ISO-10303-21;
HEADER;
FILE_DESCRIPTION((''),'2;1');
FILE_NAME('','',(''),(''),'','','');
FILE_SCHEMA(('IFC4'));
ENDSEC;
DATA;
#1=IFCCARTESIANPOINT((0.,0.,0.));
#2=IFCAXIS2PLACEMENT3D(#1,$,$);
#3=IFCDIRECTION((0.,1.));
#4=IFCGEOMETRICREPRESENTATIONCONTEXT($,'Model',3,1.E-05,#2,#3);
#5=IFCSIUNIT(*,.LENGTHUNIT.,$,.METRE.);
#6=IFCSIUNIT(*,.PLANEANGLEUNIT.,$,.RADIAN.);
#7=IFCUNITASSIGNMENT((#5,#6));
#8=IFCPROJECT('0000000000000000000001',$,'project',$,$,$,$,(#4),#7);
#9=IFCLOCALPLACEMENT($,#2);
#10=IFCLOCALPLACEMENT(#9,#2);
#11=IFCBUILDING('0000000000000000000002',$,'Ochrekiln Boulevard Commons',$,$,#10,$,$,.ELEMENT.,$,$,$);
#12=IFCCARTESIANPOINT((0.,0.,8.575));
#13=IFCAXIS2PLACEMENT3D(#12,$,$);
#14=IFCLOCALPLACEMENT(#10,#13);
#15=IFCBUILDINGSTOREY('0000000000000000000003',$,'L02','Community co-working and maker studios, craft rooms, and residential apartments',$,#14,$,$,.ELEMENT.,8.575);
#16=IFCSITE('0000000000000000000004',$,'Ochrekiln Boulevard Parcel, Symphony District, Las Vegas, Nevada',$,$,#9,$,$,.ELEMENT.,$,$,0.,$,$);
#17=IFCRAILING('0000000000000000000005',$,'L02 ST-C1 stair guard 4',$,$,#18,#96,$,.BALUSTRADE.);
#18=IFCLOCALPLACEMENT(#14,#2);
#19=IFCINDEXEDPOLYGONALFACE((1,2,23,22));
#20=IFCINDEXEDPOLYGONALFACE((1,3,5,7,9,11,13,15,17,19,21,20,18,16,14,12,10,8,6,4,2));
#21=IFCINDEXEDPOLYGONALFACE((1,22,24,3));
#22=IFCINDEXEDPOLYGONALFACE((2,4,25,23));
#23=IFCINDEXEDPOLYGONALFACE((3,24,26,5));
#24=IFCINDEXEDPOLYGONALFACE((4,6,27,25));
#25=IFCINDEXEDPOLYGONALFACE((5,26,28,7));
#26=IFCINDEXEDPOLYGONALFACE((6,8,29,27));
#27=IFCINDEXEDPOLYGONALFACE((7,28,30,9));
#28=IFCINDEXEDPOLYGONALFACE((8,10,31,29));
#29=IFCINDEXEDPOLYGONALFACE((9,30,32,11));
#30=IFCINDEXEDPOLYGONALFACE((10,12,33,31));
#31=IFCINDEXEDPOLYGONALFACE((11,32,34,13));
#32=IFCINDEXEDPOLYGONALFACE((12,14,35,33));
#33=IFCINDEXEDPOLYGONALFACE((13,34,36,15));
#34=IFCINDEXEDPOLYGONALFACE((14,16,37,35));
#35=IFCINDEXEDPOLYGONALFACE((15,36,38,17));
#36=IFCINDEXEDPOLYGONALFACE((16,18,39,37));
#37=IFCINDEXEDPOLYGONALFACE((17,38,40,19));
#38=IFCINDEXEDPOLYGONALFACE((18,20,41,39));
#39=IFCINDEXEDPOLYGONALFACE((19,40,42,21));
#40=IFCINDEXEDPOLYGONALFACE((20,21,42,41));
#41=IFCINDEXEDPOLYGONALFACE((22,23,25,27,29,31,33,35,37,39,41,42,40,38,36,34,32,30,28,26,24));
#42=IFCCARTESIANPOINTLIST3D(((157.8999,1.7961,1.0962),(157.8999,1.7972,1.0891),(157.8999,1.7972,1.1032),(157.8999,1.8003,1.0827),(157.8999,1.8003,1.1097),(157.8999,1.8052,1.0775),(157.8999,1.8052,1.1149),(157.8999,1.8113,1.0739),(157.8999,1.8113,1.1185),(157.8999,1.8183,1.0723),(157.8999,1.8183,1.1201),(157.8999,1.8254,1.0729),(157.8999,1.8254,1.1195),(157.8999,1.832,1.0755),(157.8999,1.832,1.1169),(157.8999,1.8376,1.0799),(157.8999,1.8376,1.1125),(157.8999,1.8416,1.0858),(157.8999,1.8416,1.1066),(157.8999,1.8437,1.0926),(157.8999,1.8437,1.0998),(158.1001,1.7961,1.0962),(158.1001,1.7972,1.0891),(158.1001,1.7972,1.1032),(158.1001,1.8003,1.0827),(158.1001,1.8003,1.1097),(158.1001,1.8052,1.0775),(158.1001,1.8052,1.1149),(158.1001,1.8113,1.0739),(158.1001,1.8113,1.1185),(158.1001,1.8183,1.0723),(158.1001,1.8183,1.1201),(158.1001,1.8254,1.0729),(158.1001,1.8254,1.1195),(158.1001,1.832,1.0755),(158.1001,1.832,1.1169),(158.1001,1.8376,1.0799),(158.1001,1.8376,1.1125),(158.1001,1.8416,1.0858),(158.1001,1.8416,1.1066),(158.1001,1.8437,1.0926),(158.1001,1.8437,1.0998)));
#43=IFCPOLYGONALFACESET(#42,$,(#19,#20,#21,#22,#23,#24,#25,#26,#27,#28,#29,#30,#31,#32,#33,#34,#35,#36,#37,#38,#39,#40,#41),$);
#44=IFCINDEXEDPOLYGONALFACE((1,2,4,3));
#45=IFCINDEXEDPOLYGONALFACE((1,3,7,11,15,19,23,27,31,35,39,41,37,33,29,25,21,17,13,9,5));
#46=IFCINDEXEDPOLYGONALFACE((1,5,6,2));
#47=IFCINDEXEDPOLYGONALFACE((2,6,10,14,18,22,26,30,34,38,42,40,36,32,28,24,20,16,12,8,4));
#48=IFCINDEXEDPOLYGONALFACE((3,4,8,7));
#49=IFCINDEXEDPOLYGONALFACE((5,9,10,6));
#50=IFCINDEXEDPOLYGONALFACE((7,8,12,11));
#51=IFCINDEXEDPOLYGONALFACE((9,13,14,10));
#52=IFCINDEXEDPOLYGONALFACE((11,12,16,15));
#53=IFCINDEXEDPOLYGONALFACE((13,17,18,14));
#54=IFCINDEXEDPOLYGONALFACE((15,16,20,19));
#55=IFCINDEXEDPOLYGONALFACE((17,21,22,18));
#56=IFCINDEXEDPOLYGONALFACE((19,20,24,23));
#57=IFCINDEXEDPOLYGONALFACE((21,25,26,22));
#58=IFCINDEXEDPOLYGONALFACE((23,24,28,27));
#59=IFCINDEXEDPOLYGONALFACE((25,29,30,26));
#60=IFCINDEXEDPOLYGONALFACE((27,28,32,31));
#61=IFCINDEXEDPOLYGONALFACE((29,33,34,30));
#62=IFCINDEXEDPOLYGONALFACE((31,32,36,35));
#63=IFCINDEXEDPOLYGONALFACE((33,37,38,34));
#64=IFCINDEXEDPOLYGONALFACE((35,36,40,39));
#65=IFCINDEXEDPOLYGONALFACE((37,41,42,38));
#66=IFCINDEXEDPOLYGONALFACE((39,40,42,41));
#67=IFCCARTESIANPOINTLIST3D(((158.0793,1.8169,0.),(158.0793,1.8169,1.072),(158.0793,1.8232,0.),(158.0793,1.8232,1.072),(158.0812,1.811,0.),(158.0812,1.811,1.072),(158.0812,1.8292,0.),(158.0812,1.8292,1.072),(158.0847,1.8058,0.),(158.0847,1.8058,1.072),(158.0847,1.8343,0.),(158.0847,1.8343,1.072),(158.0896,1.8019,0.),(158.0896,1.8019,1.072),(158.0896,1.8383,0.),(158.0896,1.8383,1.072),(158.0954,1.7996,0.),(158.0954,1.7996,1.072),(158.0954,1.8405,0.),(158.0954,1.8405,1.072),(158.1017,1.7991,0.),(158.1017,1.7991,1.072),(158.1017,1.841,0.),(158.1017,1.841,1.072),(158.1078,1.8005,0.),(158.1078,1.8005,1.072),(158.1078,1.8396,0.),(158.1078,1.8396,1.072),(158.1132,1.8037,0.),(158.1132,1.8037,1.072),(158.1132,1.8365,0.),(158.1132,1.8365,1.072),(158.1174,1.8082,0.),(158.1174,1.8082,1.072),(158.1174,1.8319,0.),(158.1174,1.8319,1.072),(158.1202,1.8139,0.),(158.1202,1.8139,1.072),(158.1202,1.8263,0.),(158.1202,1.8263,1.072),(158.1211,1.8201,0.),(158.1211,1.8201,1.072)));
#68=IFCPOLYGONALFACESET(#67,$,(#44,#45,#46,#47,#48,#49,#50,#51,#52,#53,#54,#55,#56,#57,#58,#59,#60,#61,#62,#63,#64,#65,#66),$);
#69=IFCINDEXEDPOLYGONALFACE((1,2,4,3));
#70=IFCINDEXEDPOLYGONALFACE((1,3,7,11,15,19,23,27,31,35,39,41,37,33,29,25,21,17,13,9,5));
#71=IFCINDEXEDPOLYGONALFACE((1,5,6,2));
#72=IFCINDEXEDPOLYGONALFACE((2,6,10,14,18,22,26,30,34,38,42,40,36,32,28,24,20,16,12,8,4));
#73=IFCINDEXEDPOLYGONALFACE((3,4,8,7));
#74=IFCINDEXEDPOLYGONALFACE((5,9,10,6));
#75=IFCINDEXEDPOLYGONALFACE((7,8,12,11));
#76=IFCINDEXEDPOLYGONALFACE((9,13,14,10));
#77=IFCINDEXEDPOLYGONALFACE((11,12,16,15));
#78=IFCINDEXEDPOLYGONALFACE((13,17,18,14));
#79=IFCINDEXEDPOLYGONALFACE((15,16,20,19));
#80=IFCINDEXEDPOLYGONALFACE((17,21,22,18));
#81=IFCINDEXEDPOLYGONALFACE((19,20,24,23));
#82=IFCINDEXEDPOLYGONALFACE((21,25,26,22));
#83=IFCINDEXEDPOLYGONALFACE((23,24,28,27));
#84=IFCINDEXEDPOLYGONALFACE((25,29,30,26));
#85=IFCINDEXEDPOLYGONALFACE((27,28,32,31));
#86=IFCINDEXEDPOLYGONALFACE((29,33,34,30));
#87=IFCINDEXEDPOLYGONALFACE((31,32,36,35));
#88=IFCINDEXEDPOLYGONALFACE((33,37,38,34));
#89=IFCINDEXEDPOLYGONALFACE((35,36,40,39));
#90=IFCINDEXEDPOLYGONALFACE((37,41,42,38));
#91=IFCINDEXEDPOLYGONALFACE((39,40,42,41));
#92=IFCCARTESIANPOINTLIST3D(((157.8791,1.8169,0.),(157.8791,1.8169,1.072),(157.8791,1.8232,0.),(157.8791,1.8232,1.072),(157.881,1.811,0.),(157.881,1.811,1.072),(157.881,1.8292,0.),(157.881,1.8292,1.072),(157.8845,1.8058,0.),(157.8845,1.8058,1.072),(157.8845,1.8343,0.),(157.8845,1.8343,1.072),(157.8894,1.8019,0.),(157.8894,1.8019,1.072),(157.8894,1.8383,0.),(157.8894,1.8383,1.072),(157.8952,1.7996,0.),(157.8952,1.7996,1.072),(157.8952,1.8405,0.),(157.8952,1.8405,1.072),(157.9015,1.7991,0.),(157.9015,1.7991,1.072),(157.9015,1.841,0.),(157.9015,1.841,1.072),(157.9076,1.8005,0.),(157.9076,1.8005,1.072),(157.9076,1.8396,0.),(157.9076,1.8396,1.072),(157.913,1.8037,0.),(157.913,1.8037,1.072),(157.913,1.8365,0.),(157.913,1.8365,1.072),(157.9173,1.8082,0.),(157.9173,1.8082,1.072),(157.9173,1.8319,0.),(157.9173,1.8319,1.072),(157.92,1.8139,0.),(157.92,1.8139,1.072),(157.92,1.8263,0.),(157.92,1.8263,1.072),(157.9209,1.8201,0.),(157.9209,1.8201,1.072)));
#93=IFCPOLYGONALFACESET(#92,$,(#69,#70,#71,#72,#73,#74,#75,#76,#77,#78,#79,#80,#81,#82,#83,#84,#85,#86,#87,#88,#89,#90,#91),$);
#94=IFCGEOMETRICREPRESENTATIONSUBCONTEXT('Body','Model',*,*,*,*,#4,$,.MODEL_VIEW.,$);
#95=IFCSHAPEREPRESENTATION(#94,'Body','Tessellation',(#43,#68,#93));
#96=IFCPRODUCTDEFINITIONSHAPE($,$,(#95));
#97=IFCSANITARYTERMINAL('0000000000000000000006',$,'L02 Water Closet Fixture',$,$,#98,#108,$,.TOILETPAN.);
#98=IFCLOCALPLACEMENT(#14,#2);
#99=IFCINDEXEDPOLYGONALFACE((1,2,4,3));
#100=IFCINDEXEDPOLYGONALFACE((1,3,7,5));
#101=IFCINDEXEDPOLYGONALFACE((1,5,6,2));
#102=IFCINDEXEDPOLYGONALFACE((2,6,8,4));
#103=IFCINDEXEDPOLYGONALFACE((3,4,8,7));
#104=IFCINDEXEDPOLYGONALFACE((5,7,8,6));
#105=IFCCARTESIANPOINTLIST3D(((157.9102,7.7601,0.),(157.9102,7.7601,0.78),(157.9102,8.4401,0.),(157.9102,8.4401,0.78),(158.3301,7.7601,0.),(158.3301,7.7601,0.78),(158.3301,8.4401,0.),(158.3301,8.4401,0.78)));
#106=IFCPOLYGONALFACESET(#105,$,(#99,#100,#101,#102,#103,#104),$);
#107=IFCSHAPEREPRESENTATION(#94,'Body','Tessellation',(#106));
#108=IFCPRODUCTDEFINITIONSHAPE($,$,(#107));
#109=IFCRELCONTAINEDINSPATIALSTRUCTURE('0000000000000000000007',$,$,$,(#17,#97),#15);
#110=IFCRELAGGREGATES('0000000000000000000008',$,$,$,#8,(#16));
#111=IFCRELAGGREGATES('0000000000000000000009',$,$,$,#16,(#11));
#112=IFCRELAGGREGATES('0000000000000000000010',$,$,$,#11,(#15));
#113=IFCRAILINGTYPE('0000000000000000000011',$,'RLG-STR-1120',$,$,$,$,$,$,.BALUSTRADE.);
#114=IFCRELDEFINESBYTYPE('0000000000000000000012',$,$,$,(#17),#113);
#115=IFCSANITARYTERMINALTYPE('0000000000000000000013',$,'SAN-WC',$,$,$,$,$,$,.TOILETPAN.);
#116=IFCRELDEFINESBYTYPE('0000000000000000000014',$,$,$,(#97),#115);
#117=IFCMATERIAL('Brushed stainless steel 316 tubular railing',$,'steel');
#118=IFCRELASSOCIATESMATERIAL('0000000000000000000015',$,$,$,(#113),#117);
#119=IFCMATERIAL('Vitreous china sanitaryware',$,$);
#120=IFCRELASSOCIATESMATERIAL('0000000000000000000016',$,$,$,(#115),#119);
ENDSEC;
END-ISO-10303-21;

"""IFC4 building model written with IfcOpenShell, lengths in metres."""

from ifc_helpers import new_model, si_unit, direction, frame, origin, origin_2d, place, context, subcontext, project, spatial, rectangle, circle, extrude, material, type_object, element, save


model = new_model("IFC4")

# Units and contexts
model_context = context("Model", 3, precision=1e-05, world=origin(), true_north=direction((0.0, 1.0)))
body_context = subcontext(model_context, "Body", "Model", "MODEL_VIEW")
ifc_project = project(units=[si_unit("LENGTHUNIT", "METRE"), si_unit("PLANEANGLEUNIT", "RADIAN")], contexts=[model_context])

# Site, building, storey
site_placement = place(None, origin())
site = spatial("IfcSite", under=ifc_project, at=site_placement, Name="Ochrekiln Boulevard Parcel, Symphony District, Las Vegas, Nevada", CompositionType="ELEMENT", RefElevation=0.0)
building_placement = place(site_placement, origin())
building = spatial("IfcBuilding", under=site, at=building_placement, Name="Ochrekiln Boulevard Commons", CompositionType="ELEMENT")
storey_placement = place(building_placement, frame((0.0, 0.0, 8.575)))
storey = spatial("IfcBuildingStorey", under=building, at=storey_placement, Name="L02", Description="Community co-working and maker studios, craft rooms, and residential apartments", CompositionType="ELEMENT", Elevation=8.575)

# Railing
ifc_material_1 = material(Name="Brushed stainless steel 316 tubular railing", Category="steel")
railing_type_1 = type_object("IfcRailingType", Name="RLG-STR-1120", PredefinedType="BALUSTRADE", material=ifc_material_1)
railing_1_placement = place(storey_placement, frame((158.1001, 1.8201, 0.0)))
element("IfcRailing", 1, at=railing_1_placement, inside=storey, type_object=railing_type_1, Name="L02 ST-C1 stair guard 4", PredefinedType="BALUSTRADE", context=body_context, shape_type="SweptSolid", body=[
    extrude(circle(Radius=0.0239, at=origin_2d()), frame((0.0, 0.0, 1.0962), z_axis=(-1.0, 0.0, 0.0), x_axis=(0.0, -1.0, 0.0)), (0.0, 0.0, 1.0), 0.2002),
    extrude(circle(Radius=0.021, at=origin_2d()), origin(), (0.0, 0.0, 1.0), 1.072),
    extrude(circle(Radius=0.021, at=origin_2d()), frame((-0.2002, 0.0, 0.0)), (0.0, 0.0, 1.0), 1.072),
])

# Sanitary terminal
ifc_material_2 = material(Name="Vitreous china sanitaryware")
sanitary_terminal_type = type_object("IfcSanitaryTerminalType", Name="SAN-WC", PredefinedType="TOILETPAN", material=ifc_material_2)
sanitary_terminal_placement = place(storey_placement, frame((158.1201, 8.1001, 0.0), z_axis=(0.0, 0.0, 1.0), x_axis=(1.0, 0.0, 0.0)))
element("IfcSanitaryTerminal", 2, at=sanitary_terminal_placement, inside=storey, type_object=sanitary_terminal_type, Name="L02 Water Closet Fixture", PredefinedType="TOILETPAN", context=body_context, shape_type="SweptSolid", body=[
    extrude(rectangle(XDim=0.4199, YDim=0.6799, at=origin_2d()), origin(), (0.0, 0.0, 1.0), 0.78),
])

save(model, "model.ifc")
